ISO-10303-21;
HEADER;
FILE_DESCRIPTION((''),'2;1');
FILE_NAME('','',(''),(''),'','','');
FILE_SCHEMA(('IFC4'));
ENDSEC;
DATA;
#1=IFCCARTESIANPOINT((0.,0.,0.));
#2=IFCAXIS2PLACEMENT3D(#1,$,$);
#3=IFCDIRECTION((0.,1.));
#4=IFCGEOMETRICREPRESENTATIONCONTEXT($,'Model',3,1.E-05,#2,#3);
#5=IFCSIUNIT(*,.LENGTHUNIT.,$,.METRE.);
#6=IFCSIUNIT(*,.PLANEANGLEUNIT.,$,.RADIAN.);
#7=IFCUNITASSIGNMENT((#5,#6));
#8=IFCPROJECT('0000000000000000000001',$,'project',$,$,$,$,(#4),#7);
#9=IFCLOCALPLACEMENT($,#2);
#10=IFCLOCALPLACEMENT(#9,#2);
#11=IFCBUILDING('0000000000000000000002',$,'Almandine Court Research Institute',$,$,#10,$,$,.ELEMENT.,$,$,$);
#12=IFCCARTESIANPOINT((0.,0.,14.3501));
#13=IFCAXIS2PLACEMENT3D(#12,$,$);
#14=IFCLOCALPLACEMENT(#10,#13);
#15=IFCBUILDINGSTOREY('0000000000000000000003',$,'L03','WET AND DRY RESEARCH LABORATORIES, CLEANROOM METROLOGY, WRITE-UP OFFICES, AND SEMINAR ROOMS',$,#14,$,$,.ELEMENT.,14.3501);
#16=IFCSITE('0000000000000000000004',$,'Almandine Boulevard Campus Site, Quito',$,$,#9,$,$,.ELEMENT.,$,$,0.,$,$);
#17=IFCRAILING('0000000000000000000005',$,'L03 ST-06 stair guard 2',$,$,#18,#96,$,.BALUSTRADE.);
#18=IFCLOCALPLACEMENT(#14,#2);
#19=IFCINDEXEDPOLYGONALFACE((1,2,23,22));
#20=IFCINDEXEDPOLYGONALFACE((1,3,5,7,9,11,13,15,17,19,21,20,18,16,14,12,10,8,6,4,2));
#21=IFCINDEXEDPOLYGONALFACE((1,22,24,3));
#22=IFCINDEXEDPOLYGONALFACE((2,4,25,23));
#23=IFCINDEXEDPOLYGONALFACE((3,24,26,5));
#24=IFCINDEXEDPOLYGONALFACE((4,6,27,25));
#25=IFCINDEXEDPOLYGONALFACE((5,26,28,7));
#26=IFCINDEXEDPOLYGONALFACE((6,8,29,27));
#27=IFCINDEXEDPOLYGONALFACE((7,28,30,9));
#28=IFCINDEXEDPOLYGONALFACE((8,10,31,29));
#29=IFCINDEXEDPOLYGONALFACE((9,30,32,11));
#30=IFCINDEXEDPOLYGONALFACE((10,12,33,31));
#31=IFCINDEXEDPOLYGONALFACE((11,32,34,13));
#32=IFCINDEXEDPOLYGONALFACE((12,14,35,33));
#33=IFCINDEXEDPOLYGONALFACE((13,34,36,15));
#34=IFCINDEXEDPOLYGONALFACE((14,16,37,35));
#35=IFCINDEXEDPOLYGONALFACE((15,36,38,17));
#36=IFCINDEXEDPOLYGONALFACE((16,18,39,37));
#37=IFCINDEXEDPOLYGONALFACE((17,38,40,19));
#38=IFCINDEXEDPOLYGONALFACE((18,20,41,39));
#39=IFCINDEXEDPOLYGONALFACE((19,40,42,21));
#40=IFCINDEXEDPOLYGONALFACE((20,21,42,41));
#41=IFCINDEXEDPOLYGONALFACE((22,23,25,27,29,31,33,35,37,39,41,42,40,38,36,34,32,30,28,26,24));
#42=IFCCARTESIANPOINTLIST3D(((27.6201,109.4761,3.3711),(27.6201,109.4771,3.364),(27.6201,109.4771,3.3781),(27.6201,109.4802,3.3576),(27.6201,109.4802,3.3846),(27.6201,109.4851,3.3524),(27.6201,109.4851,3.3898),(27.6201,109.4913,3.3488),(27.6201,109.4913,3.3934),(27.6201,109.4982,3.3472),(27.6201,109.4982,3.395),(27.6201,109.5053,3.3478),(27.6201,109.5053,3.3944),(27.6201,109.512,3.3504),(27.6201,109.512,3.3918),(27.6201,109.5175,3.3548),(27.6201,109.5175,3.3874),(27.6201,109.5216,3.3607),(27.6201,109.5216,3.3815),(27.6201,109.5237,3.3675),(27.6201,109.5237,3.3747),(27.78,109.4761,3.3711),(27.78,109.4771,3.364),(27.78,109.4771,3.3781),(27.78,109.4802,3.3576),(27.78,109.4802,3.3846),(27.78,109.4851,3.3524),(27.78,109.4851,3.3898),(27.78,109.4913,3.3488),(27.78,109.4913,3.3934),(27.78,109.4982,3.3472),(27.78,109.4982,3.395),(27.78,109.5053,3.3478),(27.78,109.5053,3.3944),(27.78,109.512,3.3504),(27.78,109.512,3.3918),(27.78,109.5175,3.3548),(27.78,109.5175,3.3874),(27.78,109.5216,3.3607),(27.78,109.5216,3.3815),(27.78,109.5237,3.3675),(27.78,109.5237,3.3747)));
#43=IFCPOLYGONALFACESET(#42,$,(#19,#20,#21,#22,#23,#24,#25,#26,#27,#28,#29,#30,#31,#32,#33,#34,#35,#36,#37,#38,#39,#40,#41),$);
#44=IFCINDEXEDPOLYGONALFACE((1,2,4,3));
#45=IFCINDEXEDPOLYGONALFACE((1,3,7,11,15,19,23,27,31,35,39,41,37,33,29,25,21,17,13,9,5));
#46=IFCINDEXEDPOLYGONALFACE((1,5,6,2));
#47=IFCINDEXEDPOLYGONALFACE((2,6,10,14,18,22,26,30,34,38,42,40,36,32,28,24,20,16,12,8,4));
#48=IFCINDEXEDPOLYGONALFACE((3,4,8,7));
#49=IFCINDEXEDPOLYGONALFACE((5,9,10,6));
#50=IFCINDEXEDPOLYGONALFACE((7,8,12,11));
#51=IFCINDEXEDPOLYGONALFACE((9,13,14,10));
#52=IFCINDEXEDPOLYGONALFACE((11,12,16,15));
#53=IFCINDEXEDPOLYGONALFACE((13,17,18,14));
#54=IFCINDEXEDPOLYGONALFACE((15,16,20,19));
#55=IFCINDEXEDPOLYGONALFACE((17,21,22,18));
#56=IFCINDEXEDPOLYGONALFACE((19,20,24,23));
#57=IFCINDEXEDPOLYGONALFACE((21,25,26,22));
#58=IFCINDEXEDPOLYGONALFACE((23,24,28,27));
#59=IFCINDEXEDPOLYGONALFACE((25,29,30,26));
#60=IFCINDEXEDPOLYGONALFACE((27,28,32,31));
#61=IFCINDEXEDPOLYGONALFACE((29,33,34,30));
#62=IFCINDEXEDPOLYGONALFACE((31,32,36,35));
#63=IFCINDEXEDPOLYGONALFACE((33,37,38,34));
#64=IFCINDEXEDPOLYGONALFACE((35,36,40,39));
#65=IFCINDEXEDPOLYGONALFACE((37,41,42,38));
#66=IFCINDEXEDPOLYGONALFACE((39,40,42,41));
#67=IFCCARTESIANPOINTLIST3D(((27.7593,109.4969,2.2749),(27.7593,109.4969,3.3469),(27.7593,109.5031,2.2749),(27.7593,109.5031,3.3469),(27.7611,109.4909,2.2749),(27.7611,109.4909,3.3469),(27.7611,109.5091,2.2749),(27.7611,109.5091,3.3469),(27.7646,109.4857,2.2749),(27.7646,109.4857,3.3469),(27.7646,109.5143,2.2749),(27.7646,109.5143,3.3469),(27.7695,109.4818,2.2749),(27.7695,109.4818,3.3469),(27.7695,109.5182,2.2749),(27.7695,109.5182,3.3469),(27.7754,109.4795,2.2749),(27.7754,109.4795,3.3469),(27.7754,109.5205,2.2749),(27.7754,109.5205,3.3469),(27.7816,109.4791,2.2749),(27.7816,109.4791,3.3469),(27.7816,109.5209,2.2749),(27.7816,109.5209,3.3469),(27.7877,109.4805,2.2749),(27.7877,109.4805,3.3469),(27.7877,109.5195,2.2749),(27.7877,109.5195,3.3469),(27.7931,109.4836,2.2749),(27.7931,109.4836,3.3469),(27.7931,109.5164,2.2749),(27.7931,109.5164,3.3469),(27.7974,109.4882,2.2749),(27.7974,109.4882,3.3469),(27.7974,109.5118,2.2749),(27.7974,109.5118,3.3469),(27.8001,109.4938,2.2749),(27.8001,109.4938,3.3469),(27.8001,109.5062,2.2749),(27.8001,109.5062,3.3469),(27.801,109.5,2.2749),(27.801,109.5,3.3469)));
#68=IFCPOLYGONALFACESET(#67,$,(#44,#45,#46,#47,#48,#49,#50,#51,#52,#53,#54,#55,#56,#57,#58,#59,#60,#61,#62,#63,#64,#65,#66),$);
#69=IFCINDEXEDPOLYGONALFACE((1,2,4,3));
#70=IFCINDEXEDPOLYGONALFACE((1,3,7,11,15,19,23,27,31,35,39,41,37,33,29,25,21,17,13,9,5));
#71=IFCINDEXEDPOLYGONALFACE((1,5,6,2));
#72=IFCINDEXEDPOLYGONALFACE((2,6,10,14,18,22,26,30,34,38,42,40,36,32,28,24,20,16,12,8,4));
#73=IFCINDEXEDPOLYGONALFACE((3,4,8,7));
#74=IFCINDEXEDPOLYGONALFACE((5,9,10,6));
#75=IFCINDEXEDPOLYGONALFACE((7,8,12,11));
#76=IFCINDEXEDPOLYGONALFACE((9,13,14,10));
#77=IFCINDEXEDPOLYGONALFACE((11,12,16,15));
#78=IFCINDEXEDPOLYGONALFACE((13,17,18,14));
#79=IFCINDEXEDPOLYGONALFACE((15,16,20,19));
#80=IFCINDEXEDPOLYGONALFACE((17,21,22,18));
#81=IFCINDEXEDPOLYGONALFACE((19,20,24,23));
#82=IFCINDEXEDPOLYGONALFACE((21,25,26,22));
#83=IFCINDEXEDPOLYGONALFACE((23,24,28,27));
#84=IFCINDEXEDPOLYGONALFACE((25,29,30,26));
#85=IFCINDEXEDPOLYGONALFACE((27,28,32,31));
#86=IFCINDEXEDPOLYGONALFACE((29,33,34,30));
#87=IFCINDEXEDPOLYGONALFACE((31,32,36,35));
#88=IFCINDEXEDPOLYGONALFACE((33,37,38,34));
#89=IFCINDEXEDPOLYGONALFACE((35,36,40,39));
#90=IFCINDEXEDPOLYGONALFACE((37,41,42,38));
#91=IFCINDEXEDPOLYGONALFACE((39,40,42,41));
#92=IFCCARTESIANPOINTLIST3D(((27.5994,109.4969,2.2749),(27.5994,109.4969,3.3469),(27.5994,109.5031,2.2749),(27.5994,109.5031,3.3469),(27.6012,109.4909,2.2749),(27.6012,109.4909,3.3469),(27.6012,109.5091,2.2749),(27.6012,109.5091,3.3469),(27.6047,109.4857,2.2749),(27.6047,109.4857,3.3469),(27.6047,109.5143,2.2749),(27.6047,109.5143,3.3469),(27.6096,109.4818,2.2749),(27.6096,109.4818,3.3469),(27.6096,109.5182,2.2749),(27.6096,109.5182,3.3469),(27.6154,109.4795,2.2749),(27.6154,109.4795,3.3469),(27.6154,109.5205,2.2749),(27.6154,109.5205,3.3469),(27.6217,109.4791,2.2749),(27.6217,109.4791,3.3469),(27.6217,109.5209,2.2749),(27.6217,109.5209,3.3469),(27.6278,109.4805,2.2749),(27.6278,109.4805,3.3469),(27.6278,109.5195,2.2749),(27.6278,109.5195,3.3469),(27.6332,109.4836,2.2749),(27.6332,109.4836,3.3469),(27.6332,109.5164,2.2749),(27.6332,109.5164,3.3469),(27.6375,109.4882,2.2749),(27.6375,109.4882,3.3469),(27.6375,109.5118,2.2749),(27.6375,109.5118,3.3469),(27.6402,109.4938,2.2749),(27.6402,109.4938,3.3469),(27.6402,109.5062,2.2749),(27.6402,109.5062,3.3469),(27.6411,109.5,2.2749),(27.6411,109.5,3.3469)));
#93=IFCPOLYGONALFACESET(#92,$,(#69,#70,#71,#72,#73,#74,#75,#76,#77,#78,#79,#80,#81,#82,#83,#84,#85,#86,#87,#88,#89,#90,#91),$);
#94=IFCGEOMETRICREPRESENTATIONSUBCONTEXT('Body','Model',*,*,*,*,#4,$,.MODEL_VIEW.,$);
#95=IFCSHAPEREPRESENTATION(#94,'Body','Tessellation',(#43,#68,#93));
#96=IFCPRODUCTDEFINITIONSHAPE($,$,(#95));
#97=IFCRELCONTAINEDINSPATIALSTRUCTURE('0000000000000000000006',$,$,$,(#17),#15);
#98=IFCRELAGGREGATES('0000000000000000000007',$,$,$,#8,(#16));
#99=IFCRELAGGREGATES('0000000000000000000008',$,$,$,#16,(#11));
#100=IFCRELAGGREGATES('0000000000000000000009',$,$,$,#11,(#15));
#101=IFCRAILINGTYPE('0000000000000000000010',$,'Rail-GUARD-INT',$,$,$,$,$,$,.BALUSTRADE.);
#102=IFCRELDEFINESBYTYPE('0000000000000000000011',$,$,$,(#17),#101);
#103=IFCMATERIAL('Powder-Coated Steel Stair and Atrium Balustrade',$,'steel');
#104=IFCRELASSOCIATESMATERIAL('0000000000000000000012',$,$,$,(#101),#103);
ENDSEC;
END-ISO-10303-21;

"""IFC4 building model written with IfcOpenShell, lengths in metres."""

from ifc_helpers import new_model, si_unit, direction, frame, origin, origin_2d, place, context, subcontext, project, spatial, circle, extrude, material, type_object, element, save


model = new_model("IFC4")

# Units and contexts
model_context = context("Model", 3, precision=1e-05, world=origin(), true_north=direction((0.0, 1.0)))
body_context = subcontext(model_context, "Body", "Model", "MODEL_VIEW")
ifc_project = project(units=[si_unit("LENGTHUNIT", "METRE"), si_unit("PLANEANGLEUNIT", "RADIAN")], contexts=[model_context])

# Site, building, storey
site_placement = place(None, origin())
site = spatial("IfcSite", under=ifc_project, at=site_placement, Name="Almandine Boulevard Campus Site, Quito", CompositionType="ELEMENT", RefElevation=0.0)
building_placement = place(site_placement, origin())
building = spatial("IfcBuilding", under=site, at=building_placement, Name="Almandine Court Research Institute", CompositionType="ELEMENT")
storey_placement = place(building_placement, frame((0.0, 0.0, 14.3501)))
storey = spatial("IfcBuildingStorey", under=building, at=storey_placement, Name="L03", Description="WET AND DRY RESEARCH LABORATORIES, CLEANROOM METROLOGY, WRITE-UP OFFICES, AND SEMINAR ROOMS", CompositionType="ELEMENT", Elevation=14.3501)

# Railing
ifc_material_1 = material(Name="Powder-Coated Steel Stair and Atrium Balustrade", Category="steel")
railing_type_1 = type_object("IfcRailingType", Name="Rail-GUARD-INT", PredefinedType="BALUSTRADE", material=ifc_material_1)
railing_1_placement = place(storey_placement, frame((27.78, 109.5, 2.2749)))
element("IfcRailing", 1, at=railing_1_placement, inside=storey, type_object=railing_type_1, Name="L03 ST-06 stair guard 2", PredefinedType="BALUSTRADE", context=body_context, shape_type="SweptSolid", body=[
    extrude(circle(Radius=0.0239, at=origin_2d()), frame((0.0, 0.0, 1.0962), z_axis=(-1.0, 0.0, 0.0), x_axis=(0.0, -1.0, 0.0)), (0.0, 0.0, 1.0), 0.1599),
    extrude(circle(Radius=0.021, at=origin_2d()), origin(), (0.0, 0.0, 1.0), 1.072),
    extrude(circle(Radius=0.021, at=origin_2d()), frame((-0.1599, 0.0, 0.0)), (0.0, 0.0, 1.0), 1.072),
])

save(model, "model.ifc")
